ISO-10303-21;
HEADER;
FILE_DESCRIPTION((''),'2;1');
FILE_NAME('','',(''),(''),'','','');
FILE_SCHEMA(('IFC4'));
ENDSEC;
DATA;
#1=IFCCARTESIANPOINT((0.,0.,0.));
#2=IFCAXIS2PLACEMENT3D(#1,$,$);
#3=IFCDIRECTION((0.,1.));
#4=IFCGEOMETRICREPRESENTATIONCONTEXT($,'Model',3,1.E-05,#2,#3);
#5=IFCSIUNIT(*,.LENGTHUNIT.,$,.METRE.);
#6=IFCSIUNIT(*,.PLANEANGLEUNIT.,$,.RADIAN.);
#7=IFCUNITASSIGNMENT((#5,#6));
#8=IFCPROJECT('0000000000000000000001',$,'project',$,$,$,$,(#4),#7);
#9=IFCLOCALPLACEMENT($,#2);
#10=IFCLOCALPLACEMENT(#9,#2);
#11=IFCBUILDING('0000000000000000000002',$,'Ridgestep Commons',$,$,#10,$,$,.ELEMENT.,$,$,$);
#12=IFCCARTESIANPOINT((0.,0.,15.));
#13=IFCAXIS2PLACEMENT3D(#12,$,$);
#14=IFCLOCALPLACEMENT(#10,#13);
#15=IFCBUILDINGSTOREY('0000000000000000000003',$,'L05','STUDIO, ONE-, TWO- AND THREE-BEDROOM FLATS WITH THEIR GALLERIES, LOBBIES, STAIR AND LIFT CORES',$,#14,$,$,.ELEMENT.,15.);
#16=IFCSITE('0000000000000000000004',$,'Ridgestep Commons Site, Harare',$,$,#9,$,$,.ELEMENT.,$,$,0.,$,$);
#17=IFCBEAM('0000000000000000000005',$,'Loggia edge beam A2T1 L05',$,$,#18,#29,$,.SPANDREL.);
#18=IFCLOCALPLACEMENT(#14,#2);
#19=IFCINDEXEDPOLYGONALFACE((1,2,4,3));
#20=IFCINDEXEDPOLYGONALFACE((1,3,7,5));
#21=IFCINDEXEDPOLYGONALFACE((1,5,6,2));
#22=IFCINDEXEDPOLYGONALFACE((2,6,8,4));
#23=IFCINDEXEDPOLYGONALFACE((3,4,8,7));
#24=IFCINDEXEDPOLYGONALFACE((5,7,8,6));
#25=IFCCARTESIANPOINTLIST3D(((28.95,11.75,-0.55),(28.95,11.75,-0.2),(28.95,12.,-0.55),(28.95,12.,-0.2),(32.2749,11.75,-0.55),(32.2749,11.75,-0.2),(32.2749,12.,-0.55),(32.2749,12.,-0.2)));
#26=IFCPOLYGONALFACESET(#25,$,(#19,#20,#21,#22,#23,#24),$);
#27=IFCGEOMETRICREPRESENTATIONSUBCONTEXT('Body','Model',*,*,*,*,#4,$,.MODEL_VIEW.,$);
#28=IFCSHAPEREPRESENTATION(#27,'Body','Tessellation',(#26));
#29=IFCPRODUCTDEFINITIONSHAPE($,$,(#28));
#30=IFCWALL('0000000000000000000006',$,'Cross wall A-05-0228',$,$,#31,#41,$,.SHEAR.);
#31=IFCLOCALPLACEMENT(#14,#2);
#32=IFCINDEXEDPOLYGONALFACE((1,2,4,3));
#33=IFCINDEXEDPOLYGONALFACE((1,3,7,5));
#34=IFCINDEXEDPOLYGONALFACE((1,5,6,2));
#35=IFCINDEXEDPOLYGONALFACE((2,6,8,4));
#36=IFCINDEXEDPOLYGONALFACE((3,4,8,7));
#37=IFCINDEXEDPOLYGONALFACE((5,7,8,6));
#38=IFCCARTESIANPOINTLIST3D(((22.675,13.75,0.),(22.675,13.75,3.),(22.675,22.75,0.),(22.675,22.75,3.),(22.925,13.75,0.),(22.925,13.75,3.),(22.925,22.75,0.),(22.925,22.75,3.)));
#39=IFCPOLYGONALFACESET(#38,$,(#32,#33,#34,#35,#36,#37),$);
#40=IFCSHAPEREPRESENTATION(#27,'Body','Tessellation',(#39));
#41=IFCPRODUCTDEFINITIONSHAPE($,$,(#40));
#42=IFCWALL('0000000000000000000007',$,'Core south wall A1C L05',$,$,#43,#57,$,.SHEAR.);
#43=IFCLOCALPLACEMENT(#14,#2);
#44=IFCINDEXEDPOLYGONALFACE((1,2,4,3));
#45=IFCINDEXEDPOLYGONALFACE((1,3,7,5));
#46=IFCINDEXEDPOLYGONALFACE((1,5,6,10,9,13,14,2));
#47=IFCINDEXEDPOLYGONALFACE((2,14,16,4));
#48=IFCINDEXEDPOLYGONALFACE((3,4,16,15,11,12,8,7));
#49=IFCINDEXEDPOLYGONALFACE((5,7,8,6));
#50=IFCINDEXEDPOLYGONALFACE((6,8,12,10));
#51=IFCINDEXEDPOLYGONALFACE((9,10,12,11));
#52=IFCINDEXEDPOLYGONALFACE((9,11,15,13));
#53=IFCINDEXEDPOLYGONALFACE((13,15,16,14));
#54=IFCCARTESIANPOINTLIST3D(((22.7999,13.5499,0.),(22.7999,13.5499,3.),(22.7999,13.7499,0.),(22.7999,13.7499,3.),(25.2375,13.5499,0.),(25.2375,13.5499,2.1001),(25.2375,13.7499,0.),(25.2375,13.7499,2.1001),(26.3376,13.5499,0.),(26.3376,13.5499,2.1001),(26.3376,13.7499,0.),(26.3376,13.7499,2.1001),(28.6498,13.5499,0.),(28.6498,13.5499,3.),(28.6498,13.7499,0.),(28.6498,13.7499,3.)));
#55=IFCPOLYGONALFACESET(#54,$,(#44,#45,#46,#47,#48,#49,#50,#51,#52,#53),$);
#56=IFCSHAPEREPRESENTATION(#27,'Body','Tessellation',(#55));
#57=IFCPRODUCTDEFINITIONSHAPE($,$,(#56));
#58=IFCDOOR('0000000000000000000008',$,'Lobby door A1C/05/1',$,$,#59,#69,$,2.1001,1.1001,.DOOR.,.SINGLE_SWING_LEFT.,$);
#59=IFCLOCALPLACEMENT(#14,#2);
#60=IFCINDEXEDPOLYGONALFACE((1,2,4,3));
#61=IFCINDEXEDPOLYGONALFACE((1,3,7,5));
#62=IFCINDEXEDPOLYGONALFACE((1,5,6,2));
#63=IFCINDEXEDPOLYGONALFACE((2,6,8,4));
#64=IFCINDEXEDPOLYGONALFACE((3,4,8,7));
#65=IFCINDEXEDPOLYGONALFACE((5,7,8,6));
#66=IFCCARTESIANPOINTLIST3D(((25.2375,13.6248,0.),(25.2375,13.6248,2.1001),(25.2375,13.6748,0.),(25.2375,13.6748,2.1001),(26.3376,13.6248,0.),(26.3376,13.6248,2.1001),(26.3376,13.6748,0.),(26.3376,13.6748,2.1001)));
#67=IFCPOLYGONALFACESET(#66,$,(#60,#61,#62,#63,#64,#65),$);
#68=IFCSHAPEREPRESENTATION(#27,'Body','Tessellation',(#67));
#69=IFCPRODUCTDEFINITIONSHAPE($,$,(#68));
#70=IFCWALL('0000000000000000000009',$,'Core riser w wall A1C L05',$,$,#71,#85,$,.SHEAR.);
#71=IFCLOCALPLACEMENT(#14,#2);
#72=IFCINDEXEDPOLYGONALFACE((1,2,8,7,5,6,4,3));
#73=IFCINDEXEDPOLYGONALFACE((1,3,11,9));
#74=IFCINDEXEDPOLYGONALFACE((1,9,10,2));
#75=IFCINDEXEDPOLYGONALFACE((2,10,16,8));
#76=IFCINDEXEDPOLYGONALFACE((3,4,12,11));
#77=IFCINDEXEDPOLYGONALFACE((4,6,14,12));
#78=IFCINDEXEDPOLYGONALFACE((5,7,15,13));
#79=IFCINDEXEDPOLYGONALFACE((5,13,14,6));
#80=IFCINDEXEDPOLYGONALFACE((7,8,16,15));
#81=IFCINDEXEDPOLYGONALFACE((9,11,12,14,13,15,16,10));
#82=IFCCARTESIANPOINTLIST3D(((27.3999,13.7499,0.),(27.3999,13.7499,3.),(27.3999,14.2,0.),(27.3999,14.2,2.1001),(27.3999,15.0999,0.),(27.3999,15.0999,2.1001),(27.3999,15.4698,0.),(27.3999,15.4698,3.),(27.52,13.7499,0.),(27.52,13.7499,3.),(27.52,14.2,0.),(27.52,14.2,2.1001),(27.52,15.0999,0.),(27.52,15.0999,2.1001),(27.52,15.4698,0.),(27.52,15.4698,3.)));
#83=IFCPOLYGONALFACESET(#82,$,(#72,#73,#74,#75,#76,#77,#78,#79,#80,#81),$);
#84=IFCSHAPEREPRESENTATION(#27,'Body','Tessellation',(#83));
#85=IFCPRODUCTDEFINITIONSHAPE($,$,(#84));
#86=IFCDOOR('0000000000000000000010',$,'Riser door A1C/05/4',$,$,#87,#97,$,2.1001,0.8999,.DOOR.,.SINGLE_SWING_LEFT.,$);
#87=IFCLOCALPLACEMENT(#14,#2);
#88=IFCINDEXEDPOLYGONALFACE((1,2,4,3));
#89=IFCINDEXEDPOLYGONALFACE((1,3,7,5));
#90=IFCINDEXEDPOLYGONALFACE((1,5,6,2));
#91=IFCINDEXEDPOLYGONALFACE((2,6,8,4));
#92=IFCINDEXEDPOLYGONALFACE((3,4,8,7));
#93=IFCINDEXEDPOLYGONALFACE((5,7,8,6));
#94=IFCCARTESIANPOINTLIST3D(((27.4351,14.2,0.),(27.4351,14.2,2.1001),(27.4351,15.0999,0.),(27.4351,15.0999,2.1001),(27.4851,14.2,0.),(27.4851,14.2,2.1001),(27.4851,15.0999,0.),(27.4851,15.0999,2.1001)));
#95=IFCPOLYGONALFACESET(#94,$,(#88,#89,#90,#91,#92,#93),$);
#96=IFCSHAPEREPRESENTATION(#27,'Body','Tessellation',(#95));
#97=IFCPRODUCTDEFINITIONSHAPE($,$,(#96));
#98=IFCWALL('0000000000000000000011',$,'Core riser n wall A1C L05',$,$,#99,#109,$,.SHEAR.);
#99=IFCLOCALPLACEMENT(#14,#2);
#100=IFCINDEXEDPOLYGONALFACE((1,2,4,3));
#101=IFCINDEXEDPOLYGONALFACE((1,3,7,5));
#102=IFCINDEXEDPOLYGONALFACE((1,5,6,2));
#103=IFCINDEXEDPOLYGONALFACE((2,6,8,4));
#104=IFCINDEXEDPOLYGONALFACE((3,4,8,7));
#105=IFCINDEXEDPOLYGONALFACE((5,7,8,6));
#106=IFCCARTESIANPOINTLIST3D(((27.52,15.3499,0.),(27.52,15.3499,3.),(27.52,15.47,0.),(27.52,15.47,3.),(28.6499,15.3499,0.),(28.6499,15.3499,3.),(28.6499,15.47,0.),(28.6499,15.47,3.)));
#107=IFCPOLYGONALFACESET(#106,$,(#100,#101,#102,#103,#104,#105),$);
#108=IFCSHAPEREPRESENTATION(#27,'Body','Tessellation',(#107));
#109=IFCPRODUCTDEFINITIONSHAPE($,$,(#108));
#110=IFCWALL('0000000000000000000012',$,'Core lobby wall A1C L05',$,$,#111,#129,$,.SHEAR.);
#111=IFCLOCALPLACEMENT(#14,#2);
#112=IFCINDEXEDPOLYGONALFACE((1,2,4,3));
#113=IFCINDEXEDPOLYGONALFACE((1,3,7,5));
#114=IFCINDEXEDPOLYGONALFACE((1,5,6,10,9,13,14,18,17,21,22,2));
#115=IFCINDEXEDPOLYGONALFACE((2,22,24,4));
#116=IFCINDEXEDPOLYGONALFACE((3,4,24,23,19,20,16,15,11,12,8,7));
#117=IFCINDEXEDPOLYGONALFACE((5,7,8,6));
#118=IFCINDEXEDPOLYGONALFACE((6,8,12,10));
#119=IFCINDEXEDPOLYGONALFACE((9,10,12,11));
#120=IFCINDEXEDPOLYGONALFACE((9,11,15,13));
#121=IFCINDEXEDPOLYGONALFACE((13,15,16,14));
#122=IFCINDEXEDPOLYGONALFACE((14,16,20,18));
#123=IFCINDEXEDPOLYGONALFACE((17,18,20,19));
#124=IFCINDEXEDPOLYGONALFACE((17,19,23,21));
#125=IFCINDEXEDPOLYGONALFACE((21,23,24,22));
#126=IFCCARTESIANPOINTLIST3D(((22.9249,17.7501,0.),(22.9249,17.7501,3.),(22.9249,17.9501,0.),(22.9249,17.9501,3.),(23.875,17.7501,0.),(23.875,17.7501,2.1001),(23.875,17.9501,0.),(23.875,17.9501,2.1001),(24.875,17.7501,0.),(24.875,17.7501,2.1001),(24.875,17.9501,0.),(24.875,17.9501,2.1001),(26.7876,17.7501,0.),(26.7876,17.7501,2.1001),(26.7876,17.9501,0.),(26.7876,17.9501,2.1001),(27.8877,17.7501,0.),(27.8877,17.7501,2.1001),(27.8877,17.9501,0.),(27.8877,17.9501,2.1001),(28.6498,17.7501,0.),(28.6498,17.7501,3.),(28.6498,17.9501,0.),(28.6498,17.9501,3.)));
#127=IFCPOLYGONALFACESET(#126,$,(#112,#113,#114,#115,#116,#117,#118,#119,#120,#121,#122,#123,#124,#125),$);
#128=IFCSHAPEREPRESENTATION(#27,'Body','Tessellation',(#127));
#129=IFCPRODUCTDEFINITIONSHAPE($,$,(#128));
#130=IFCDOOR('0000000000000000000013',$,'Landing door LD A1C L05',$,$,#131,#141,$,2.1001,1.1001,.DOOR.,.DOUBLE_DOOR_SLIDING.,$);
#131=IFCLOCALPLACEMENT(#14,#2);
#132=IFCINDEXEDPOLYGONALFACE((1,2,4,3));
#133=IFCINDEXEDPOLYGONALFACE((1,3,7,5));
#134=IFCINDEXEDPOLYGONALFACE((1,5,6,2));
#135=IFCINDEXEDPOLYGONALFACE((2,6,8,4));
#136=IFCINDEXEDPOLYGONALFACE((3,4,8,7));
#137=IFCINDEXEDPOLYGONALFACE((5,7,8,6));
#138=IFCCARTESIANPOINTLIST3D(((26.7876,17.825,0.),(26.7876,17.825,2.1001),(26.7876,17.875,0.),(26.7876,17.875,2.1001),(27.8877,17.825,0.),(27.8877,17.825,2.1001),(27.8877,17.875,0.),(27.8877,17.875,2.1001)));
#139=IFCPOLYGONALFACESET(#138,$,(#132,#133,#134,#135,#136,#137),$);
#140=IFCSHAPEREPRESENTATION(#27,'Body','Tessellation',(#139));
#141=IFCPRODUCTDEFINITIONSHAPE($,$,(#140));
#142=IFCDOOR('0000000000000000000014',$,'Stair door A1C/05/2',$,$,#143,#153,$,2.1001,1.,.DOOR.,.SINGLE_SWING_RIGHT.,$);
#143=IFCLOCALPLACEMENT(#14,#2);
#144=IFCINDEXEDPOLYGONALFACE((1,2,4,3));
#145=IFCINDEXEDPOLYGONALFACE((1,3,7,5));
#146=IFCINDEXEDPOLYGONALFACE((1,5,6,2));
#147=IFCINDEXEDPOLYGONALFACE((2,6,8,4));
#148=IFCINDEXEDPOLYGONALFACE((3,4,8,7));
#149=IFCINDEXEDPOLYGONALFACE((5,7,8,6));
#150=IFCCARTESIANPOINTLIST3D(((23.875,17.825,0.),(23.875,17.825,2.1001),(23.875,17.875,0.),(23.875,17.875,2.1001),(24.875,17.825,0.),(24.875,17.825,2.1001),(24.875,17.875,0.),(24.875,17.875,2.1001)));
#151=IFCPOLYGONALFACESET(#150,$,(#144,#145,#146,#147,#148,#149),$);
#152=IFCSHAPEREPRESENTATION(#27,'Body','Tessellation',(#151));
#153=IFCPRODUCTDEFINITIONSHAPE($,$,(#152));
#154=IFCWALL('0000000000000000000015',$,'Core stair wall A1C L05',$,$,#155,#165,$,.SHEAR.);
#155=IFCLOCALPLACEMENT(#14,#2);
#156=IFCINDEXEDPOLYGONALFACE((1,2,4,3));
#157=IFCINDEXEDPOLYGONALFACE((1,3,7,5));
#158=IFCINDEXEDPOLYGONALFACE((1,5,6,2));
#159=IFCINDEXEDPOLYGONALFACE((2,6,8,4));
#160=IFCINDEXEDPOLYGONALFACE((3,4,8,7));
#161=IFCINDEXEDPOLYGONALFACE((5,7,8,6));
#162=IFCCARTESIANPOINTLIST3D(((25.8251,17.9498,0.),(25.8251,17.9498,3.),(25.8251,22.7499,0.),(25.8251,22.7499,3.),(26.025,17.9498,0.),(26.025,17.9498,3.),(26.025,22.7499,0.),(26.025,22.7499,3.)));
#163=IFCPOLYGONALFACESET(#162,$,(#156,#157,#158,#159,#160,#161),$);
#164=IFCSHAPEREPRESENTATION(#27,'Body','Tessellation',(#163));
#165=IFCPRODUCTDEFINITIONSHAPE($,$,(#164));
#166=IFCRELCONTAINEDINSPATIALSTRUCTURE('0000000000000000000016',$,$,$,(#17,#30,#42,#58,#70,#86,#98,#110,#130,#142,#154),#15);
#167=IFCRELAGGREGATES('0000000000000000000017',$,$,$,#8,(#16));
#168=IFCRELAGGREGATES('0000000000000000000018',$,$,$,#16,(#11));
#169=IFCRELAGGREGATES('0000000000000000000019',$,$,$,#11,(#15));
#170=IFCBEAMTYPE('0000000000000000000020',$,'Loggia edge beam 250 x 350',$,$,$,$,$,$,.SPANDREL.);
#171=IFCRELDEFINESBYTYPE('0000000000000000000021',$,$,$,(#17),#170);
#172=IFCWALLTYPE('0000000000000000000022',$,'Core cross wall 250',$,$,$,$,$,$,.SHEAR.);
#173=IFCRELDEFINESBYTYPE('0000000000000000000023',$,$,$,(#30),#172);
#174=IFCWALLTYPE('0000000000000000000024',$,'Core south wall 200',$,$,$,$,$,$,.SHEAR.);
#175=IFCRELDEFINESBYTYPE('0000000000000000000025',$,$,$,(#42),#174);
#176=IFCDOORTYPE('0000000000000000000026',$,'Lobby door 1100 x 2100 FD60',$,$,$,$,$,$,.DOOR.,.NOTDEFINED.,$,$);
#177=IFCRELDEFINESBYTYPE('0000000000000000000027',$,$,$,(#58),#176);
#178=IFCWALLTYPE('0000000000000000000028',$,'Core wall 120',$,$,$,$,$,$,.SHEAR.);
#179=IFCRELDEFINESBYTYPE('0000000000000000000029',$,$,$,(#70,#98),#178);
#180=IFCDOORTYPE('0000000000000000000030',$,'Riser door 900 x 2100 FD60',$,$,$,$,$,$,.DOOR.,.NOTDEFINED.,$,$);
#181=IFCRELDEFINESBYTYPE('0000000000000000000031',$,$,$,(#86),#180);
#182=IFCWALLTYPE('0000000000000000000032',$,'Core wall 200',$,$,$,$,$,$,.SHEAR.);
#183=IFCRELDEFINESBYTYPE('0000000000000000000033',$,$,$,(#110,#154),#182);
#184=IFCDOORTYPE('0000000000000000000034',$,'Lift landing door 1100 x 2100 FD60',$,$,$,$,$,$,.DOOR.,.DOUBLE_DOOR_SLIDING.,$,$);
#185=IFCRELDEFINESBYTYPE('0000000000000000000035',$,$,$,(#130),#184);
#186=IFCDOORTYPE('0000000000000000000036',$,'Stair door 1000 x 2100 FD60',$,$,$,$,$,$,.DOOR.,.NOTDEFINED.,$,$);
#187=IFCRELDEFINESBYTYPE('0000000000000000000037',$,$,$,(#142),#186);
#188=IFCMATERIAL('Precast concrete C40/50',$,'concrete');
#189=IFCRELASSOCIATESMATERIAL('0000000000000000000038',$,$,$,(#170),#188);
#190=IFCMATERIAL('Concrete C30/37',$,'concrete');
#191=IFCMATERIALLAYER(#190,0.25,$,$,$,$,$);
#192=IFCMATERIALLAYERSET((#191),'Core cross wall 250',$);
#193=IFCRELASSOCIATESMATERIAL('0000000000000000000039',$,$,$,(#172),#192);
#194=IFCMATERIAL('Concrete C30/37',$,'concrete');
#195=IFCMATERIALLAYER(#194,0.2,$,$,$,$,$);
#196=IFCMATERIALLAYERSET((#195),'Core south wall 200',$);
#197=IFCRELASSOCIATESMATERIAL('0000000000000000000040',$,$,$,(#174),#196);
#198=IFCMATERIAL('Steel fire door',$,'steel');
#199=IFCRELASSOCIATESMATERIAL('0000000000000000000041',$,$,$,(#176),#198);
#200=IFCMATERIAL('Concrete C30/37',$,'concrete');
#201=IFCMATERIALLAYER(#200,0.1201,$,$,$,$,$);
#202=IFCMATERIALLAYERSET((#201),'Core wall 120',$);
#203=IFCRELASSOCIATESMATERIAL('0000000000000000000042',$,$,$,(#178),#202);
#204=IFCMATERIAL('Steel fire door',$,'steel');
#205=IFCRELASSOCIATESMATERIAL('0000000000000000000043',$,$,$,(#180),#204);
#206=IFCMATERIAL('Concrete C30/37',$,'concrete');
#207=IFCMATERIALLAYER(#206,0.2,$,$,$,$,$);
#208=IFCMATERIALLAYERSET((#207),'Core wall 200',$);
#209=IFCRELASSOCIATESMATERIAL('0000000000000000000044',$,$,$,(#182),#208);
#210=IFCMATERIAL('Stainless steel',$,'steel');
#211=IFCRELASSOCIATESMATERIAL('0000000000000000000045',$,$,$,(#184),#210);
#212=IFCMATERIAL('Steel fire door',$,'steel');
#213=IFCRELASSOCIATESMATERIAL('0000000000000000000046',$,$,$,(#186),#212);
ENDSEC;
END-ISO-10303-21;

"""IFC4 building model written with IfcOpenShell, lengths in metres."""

from ifc_helpers import new_model, si_unit, direction, frame, frame_2d, origin, origin_2d, place, context, subcontext, project, spatial, rectangle, extrude, material, layer, layer_set, material_profile, profile_set, type_object, element, fill, save


model = new_model("IFC4")

# Units and contexts
model_context = context("Model", 3, precision=1e-05, world=origin(), true_north=direction((0.0, 1.0)))
body_context = subcontext(model_context, "Body", "Model", "MODEL_VIEW")
ifc_project = project(units=[si_unit("LENGTHUNIT", "METRE"), si_unit("PLANEANGLEUNIT", "RADIAN")], contexts=[model_context])

# Site, building, storey
site_placement = place(None, origin())
site = spatial("IfcSite", under=ifc_project, at=site_placement, Name="Ridgestep Commons Site, Harare", CompositionType="ELEMENT", RefElevation=0.0)
building_placement = place(site_placement, origin())
building = spatial("IfcBuilding", under=site, at=building_placement, Name="Ridgestep Commons", CompositionType="ELEMENT")
storey_placement = place(building_placement, frame((0.0, 0.0, 15.0)))
storey = spatial("IfcBuildingStorey", under=building, at=storey_placement, Name="L05", Description="STUDIO, ONE-, TWO- AND THREE-BEDROOM FLATS WITH THEIR GALLERIES, LOBBIES, STAIR AND LIFT CORES", CompositionType="ELEMENT", Elevation=15.0)

# Beam
ifc_material_1 = material(Name="Precast concrete C40/50", Category="concrete")
ifc_material_profile = material_profile(ifc_material_1, rectangle(XDim=0.25, YDim=0.3501, at=origin_2d()), Name="PC 250x350")
ifc_profile_set = profile_set([ifc_material_profile], Name="Precast concrete C40/50")
beam_type = type_object("IfcBeamType", Name="Loggia edge beam 250 x 350", PredefinedType="SPANDREL", material=ifc_profile_set)
beam_placement = place(storey_placement, frame((28.95, 11.875, -0.375), z_axis=(1.0, 0.0, 0.0), x_axis=(0.0, 1.0, 0.0)))
element("IfcBeam", 1, at=beam_placement, inside=storey, type_object=beam_type, Name="Loggia edge beam A2T1 L05", PredefinedType="SPANDREL", context=body_context, shape_type="SweptSolid", body=[
    extrude(rectangle(XDim=0.25, YDim=0.3501, at=origin_2d()), origin(), (0.0, 0.0, 1.0), 3.325),
])

# Wall
ifc_material_2 = material(Name="Concrete C30/37", Category="concrete")
ifc_layer_1 = layer(ifc_material_2, 0.25)
ifc_layer_set_1 = layer_set([ifc_layer_1], Name="Core cross wall 250")
wall_type_1 = type_object("IfcWallType", Name="Core cross wall 250", PredefinedType="SHEAR", material=ifc_layer_set_1)
wall_1_placement = place(storey_placement, frame((22.8, 13.75, 0.0), z_axis=(0.0, 0.0, 1.0), x_axis=(0.0, 1.0, 0.0)))
element("IfcWall", 2, at=wall_1_placement, inside=storey, type_object=wall_type_1, Name="Cross wall A-05-0228", PredefinedType="SHEAR", context=body_context, shape_type="SweptSolid", body=[
    extrude(rectangle(XDim=9.0, YDim=0.25, at=frame_2d((4.5, 0.0))), origin(), (0.0, 0.0, 1.0), 3.0),
])

# Walls, openings, doors
ifc_material_3 = material(Name="Concrete C30/37", Category="concrete")
ifc_layer_2 = layer(ifc_material_3, 0.2)
ifc_layer_set_2 = layer_set([ifc_layer_2], Name="Core south wall 200")
wall_type_2 = type_object("IfcWallType", Name="Core south wall 200", PredefinedType="SHEAR", material=ifc_layer_set_2)
wall_2_placement = place(storey_placement, frame((22.8, 13.6499, 0.0), z_axis=(0.0, 0.0, 1.0), x_axis=(1.0, 0.0, 0.0)))
wall_2 = element("IfcWall", 3, at=wall_2_placement, inside=storey, type_object=wall_type_2, Name="Core south wall A1C L05", PredefinedType="SHEAR", context=body_context, shape_type="SweptSolid", body=[
    extrude(rectangle(XDim=5.8499, YDim=0.2, at=frame_2d((2.9248, 0.0))), origin(), (0.0, 0.0, 1.0), 3.0),
])
opening_1_placement = place(wall_2_placement, frame((2.4375, 0.0, 0.0)))
opening_1 = element("IfcOpeningElement", 4, at=opening_1_placement, cuts=wall_2, PredefinedType="OPENING", context=body_context, shape_type="SweptSolid", body=[
    extrude(rectangle(XDim=1.1001, YDim=2.1001, at=frame_2d((0.55, 1.05))), frame((0.0, 0.1099, 0.0), z_axis=(0.0, -1.0, 0.0), x_axis=(1.0, 0.0, 0.0)), (0.0, 0.0, 1.0), 0.22),
])
ifc_material_4 = material(Name="Steel fire door", Category="steel")
door_type_1 = type_object("IfcDoorType", Name="Lobby door 1100 x 2100 FD60", OperationType="NOTDEFINED", PredefinedType="DOOR", material=ifc_material_4)
door_1_placement = place(opening_1_placement, origin())
door_1 = element("IfcDoor", 5, at=door_1_placement, inside=storey, type_object=door_type_1, Name="Lobby door A1C/05/1", OperationType="SINGLE_SWING_LEFT", OverallHeight=2.1001, OverallWidth=1.1001, PredefinedType="DOOR", context=body_context, shape_type="SweptSolid", body=[
    extrude(rectangle(XDim=1.1001, YDim=2.1001, at=frame_2d((0.55, 1.05))), frame((0.0, 0.0249, 0.0), z_axis=(0.0, -1.0, 0.0), x_axis=(1.0, 0.0, 0.0)), (0.0, 0.0, 1.0), 0.05),
])
fill(opening_1, door_1)
ifc_material_5 = material(Name="Concrete C30/37", Category="concrete")
ifc_layer_3 = layer(ifc_material_5, 0.1201)
ifc_layer_set_3 = layer_set([ifc_layer_3], Name="Core wall 120")
wall_type_3 = type_object("IfcWallType", Name="Core wall 120", PredefinedType="SHEAR", material=ifc_layer_set_3)
wall_3_placement = place(storey_placement, frame((27.46, 13.75, 0.0), z_axis=(0.0, 0.0, 1.0), x_axis=(0.0, 1.0, 0.0)))
wall_3 = element("IfcWall", 6, at=wall_3_placement, inside=storey, type_object=wall_type_3, Name="Core riser w wall A1C L05", PredefinedType="SHEAR", context=body_context, shape_type="SweptSolid", body=[
    extrude(rectangle(XDim=1.72, YDim=0.1201, at=frame_2d((0.8599, 0.0))), origin(), (0.0, 0.0, 1.0), 3.0),
])
opening_2_placement = place(wall_3_placement, frame((0.45, 0.0, 0.0)))
opening_2 = element("IfcOpeningElement", 7, at=opening_2_placement, cuts=wall_3, PredefinedType="OPENING", context=body_context, shape_type="SweptSolid", body=[
    extrude(rectangle(XDim=0.8999, YDim=2.1001, at=frame_2d((0.45, 1.05))), frame((0.0, 0.0701, 0.0), z_axis=(0.0, -1.0, 0.0), x_axis=(1.0, 0.0, 0.0)), (0.0, 0.0, 1.0), 0.1401),
])
ifc_material_6 = material(Name="Steel fire door", Category="steel")
door_type_2 = type_object("IfcDoorType", Name="Riser door 900 x 2100 FD60", OperationType="NOTDEFINED", PredefinedType="DOOR", material=ifc_material_6)
door_2_placement = place(opening_2_placement, origin())
door_2 = element("IfcDoor", 8, at=door_2_placement, inside=storey, type_object=door_type_2, Name="Riser door A1C/05/4", OperationType="SINGLE_SWING_LEFT", OverallHeight=2.1001, OverallWidth=0.8999, PredefinedType="DOOR", context=body_context, shape_type="SweptSolid", body=[
    extrude(rectangle(XDim=0.8999, YDim=2.1001, at=frame_2d((0.45, 1.05))), frame((0.0, 0.0249, 0.0), z_axis=(0.0, -1.0, 0.0), x_axis=(1.0, 0.0, 0.0)), (0.0, 0.0, 1.0), 0.05),
])
fill(opening_2, door_2)

# Wall
wall_4_placement = place(storey_placement, frame((27.52, 15.4099, 0.0), z_axis=(0.0, 0.0, 1.0), x_axis=(1.0, 0.0, 0.0)))
element("IfcWall", 9, at=wall_4_placement, inside=storey, type_object=wall_type_3, Name="Core riser n wall A1C L05", PredefinedType="SHEAR", context=body_context, shape_type="SweptSolid", body=[
    extrude(rectangle(XDim=1.1299, YDim=0.1201, at=frame_2d((0.5649, 0.0))), origin(), (0.0, 0.0, 1.0), 3.0),
])

# Wall, openings, doors
ifc_material_7 = material(Name="Concrete C30/37", Category="concrete")
ifc_layer_4 = layer(ifc_material_7, 0.2)
ifc_layer_set_4 = layer_set([ifc_layer_4], Name="Core wall 200")
wall_type_4 = type_object("IfcWallType", Name="Core wall 200", PredefinedType="SHEAR", material=ifc_layer_set_4)
wall_5_placement = place(storey_placement, frame((22.925, 17.8501, 0.0), z_axis=(0.0, 0.0, 1.0), x_axis=(1.0, 0.0, 0.0)))
wall_5 = element("IfcWall", 10, at=wall_5_placement, inside=storey, type_object=wall_type_4, Name="Core lobby wall A1C L05", PredefinedType="SHEAR", context=body_context, shape_type="SweptSolid", body=[
    extrude(rectangle(XDim=5.7249, YDim=0.2, at=frame_2d((2.8623, 0.0))), origin(), (0.0, 0.0, 1.0), 3.0),
])
opening_3_placement = place(wall_5_placement, frame((0.95, 0.0, 0.0)))
opening_3 = element("IfcOpeningElement", 11, at=opening_3_placement, cuts=wall_5, PredefinedType="OPENING", context=body_context, shape_type="SweptSolid", body=[
    extrude(rectangle(XDim=1.0, YDim=2.1001, at=frame_2d((0.5, 1.05))), frame((0.0, 0.1099, 0.0), z_axis=(0.0, -1.0, 0.0), x_axis=(1.0, 0.0, 0.0)), (0.0, 0.0, 1.0), 0.22),
])
opening_4_placement = place(wall_5_placement, frame((3.8625, 0.0, 0.0)))
opening_4 = element("IfcOpeningElement", 12, at=opening_4_placement, cuts=wall_5, PredefinedType="OPENING", context=body_context, shape_type="SweptSolid", body=[
    extrude(rectangle(XDim=1.1001, YDim=2.1001, at=frame_2d((0.55, 1.05))), frame((0.0, 0.1099, 0.0), z_axis=(0.0, -1.0, 0.0), x_axis=(1.0, 0.0, 0.0)), (0.0, 0.0, 1.0), 0.22),
])
ifc_material_8 = material(Name="Stainless steel", Category="steel")
door_type_3 = type_object("IfcDoorType", Name="Lift landing door 1100 x 2100 FD60", OperationType="DOUBLE_DOOR_SLIDING", PredefinedType="DOOR", material=ifc_material_8)
door_3_placement = place(opening_4_placement, origin())
door_3 = element("IfcDoor", 13, at=door_3_placement, inside=storey, type_object=door_type_3, Name="Landing door LD A1C L05", OperationType="DOUBLE_DOOR_SLIDING", OverallHeight=2.1001, OverallWidth=1.1001, PredefinedType="DOOR", context=body_context, shape_type="SweptSolid", body=[
    extrude(rectangle(XDim=1.1001, YDim=2.1001, at=frame_2d((0.55, 1.05))), frame((0.0, 0.0249, 0.0), z_axis=(0.0, -1.0, 0.0), x_axis=(1.0, 0.0, 0.0)), (0.0, 0.0, 1.0), 0.05),
])
fill(opening_4, door_3)
ifc_material_9 = material(Name="Steel fire door", Category="steel")
door_type_4 = type_object("IfcDoorType", Name="Stair door 1000 x 2100 FD60", OperationType="NOTDEFINED", PredefinedType="DOOR", material=ifc_material_9)
door_4_placement = place(opening_3_placement, origin())
door_4 = element("IfcDoor", 14, at=door_4_placement, inside=storey, type_object=door_type_4, Name="Stair door A1C/05/2", OperationType="SINGLE_SWING_RIGHT", OverallHeight=2.1001, OverallWidth=1.0, PredefinedType="DOOR", context=body_context, shape_type="SweptSolid", body=[
    extrude(rectangle(XDim=1.0, YDim=2.1001, at=frame_2d((0.5, 1.05))), frame((0.0, 0.0249, 0.0), z_axis=(0.0, -1.0, 0.0), x_axis=(1.0, 0.0, 0.0)), (0.0, 0.0, 1.0), 0.05),
])
fill(opening_3, door_4)

# Wall
wall_6_placement = place(storey_placement, frame((25.925, 17.95, 0.0), z_axis=(0.0, 0.0, 1.0), x_axis=(0.0, 1.0, 0.0)))
element("IfcWall", 15, at=wall_6_placement, inside=storey, type_object=wall_type_4, Name="Core stair wall A1C L05", PredefinedType="SHEAR", context=body_context, shape_type="SweptSolid", body=[
    extrude(rectangle(XDim=4.8, YDim=0.2, at=frame_2d((2.3999, 0.0))), origin(), (0.0, 0.0, 1.0), 3.0),
])

save(model, "model.ifc")
